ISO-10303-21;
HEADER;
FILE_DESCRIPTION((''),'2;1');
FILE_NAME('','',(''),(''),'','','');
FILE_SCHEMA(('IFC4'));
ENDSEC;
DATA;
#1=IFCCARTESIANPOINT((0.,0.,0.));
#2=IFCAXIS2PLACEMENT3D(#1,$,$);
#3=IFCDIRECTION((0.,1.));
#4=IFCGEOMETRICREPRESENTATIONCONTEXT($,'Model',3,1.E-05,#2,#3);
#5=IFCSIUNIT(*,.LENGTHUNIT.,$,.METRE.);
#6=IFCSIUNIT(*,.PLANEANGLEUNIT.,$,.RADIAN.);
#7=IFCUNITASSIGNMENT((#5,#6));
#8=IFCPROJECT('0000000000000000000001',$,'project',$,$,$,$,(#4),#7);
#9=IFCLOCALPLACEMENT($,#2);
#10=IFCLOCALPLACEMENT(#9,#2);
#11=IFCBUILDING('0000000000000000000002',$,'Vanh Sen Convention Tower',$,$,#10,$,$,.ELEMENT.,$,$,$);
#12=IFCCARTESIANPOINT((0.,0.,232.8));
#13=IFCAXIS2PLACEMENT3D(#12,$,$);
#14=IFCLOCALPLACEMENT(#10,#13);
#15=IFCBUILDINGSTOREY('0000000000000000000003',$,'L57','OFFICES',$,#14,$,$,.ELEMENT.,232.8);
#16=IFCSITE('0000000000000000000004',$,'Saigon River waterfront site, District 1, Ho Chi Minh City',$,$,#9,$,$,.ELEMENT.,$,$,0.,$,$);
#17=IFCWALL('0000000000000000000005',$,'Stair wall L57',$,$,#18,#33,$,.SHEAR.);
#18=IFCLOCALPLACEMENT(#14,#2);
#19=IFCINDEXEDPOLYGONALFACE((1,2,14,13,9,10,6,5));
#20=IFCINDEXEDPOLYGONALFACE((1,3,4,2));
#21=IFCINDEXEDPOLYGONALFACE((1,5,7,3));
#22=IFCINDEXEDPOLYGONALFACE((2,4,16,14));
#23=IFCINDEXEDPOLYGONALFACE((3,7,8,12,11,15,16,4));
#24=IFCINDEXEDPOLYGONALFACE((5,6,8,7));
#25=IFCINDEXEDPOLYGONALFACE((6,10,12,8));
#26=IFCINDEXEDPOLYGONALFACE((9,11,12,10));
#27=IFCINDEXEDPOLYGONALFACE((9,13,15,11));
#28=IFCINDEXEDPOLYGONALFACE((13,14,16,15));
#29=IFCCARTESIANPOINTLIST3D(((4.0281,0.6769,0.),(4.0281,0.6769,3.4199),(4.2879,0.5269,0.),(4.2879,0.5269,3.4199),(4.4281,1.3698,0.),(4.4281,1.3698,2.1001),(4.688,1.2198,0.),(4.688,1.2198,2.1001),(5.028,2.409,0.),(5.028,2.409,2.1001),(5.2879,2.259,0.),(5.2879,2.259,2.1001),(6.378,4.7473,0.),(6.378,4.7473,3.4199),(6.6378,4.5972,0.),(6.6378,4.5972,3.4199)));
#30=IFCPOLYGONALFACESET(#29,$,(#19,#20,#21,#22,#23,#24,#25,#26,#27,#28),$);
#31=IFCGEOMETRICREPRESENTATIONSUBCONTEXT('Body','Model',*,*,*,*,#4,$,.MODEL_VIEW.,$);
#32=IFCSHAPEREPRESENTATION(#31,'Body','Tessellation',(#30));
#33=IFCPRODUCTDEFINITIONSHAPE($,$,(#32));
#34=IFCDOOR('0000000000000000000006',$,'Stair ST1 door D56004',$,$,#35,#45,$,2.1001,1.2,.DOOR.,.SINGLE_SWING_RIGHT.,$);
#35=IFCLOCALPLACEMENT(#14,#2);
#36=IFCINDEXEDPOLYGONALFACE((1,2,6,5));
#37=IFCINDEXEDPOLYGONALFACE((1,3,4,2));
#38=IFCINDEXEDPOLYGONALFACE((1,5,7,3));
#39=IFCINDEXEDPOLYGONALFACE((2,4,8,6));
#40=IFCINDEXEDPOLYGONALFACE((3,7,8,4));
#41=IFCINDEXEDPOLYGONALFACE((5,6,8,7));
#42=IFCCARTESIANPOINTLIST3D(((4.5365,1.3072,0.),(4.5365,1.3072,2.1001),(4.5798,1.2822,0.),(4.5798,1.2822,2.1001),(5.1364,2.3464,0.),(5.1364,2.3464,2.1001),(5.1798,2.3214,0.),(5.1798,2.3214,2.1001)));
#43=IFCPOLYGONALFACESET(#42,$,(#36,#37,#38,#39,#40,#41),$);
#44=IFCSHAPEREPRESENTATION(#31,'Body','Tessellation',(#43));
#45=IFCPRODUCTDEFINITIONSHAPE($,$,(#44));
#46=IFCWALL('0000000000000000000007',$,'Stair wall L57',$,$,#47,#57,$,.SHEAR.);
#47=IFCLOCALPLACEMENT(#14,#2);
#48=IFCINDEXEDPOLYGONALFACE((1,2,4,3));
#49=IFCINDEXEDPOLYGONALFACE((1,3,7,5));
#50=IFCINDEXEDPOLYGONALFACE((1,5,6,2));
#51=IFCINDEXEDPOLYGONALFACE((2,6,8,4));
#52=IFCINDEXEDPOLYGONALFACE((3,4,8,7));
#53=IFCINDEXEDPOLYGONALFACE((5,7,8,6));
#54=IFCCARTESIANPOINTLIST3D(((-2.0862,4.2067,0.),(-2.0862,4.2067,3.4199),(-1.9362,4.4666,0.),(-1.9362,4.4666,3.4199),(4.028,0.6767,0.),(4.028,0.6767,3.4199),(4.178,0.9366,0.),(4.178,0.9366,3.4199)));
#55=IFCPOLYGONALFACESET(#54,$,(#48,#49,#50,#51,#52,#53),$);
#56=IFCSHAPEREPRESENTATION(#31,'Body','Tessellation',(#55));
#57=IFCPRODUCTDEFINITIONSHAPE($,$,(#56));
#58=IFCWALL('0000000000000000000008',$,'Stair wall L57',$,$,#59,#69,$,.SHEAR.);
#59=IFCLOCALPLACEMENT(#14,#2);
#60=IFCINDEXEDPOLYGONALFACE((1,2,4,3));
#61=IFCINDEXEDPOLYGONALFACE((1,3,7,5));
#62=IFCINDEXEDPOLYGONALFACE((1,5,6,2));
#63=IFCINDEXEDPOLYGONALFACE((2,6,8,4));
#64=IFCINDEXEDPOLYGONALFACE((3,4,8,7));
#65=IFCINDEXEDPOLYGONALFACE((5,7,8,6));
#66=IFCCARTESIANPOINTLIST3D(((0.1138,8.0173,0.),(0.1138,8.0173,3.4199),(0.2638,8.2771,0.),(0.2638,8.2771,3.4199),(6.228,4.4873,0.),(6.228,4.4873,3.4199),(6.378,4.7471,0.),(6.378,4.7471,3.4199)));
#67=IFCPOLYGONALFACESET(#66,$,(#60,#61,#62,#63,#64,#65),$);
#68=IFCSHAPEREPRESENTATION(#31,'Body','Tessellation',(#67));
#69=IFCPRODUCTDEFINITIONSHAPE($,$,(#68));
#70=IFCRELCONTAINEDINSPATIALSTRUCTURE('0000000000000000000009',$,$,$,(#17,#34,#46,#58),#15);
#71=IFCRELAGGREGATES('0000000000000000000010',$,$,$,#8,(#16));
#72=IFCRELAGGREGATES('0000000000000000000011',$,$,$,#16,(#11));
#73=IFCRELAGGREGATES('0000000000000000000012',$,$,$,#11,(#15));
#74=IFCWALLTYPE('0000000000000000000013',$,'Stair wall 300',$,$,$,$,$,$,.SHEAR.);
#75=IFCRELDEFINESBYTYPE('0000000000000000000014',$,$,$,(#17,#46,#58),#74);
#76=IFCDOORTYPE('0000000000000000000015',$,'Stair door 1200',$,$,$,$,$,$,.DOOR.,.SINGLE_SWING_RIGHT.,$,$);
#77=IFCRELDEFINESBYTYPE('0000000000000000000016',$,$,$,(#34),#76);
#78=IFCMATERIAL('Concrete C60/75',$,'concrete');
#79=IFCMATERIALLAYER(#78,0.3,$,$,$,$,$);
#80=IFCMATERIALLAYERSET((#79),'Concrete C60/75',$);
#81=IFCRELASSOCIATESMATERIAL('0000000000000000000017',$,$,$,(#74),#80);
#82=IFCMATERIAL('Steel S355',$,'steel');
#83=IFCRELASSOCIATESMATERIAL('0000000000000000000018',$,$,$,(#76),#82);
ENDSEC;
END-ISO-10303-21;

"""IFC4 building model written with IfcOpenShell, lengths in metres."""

from ifc_helpers import new_model, si_unit, direction, frame, frame_2d, origin, place, context, subcontext, project, spatial, rectangle, extrude, material, layer, layer_set, type_object, element, fill, save


model = new_model("IFC4")

# Units and contexts
model_context = context("Model", 3, precision=1e-05, world=origin(), true_north=direction((0.0, 1.0)))
body_context = subcontext(model_context, "Body", "Model", "MODEL_VIEW")
ifc_project = project(units=[si_unit("LENGTHUNIT", "METRE"), si_unit("PLANEANGLEUNIT", "RADIAN")], contexts=[model_context])

# Site, building, storey
site_placement = place(None, origin())
site = spatial("IfcSite", under=ifc_project, at=site_placement, Name="Saigon River waterfront site, District 1, Ho Chi Minh City", CompositionType="ELEMENT", RefElevation=0.0)
building_placement = place(site_placement, origin())
building = spatial("IfcBuilding", under=site, at=building_placement, Name="Vanh Sen Convention Tower", CompositionType="ELEMENT")
storey_placement = place(building_placement, frame((0.0, 0.0, 232.8)))
storey = spatial("IfcBuildingStorey", under=building, at=storey_placement, Name="L57", Description="OFFICES", CompositionType="ELEMENT", Elevation=232.8)

# Shared definitions
ifc_material_1 = material(Name="Concrete C60/75", Category="concrete")
ifc_material_2 = material(Name="Steel S355", Category="steel")

# Wall, opening, door
ifc_layer_1 = layer(ifc_material_1, 0.3)
ifc_layer_set_1 = layer_set([ifc_layer_1], Name="Concrete C60/75")
wall_type_1 = type_object("IfcWallType", Name="Stair wall 300", PredefinedType="SHEAR", material=ifc_layer_set_1)
wall_1_placement = place(storey_placement, frame((4.158, 0.6018, 0.0), z_axis=(0.0, 0.0, 1.0), x_axis=(0.499977, 0.866039, 0.0)))
wall_1 = element("IfcWall", 1, at=wall_1_placement, inside=storey, type_object=wall_type_1, Name="Stair wall L57", PredefinedType="SHEAR", context=body_context, shape_type="SweptSolid", body=[
    extrude(rectangle(XDim=4.7, YDim=0.3, at=frame_2d((2.3501, 0.0))), origin(), (0.0, 0.0, 1.0), 3.4199),
])
opening_1_placement = place(wall_1_placement, frame((0.8, 0.0, 0.0)))
opening_1 = element("IfcOpeningElement", 2, at=opening_1_placement, cuts=wall_1, PredefinedType="OPENING", context=body_context, shape_type="SweptSolid", body=[
    extrude(rectangle(XDim=1.2, YDim=2.1001, at=frame_2d((0.6001, 1.05))), frame((0.0, 0.1599, 0.0), z_axis=(0.0, -1.0, 0.0), x_axis=(1.0, 0.0, 0.0)), (0.0, 0.0, 1.0), 0.3201),
])
door_type_1 = type_object("IfcDoorType", Name="Stair door 1200", OperationType="SINGLE_SWING_RIGHT", PredefinedType="DOOR", material=ifc_material_2)
door_1_placement = place(opening_1_placement, origin())
door_1 = element("IfcDoor", 3, at=door_1_placement, inside=storey, type_object=door_type_1, Name="Stair ST1 door D56004", OperationType="SINGLE_SWING_RIGHT", OverallHeight=2.1001, OverallWidth=1.2, PredefinedType="DOOR", context=body_context, shape_type="SweptSolid", body=[
    extrude(rectangle(XDim=1.2, YDim=2.1001, at=frame_2d((0.6001, 1.05))), frame((0.0, 0.0249, 0.0), z_axis=(0.0, -1.0, 0.0), x_axis=(1.0, 0.0, 0.0)), (0.0, 0.0, 1.0), 0.05),
])
fill(opening_1, door_1)

# Walls
for number, where, z_axis, x_axis, name in (
    (4, (4.103, 0.8066, 0.0), (0.0, 0.0, 1.0), (-0.866028, 0.499996, 0.0), "Stair wall L57"),
    (5, (6.303, 4.6172, 0.0), (0.0, 0.0, 1.0), (-0.866028, 0.499996, 0.0), "Stair wall L57"),
):
    element("IfcWall", number, at=place(storey_placement, frame(where, z_axis=z_axis, x_axis=x_axis)), inside=storey, type_object=wall_type_1, Name=name, PredefinedType="SHEAR", context=body_context, shape_type="SweptSolid", body=[
        extrude(rectangle(XDim=7.0601, YDim=0.3, at=frame_2d((3.53, 0.0))), origin(), (0.0, 0.0, 1.0), 3.4199),
    ])

save(model, "model.ifc")
